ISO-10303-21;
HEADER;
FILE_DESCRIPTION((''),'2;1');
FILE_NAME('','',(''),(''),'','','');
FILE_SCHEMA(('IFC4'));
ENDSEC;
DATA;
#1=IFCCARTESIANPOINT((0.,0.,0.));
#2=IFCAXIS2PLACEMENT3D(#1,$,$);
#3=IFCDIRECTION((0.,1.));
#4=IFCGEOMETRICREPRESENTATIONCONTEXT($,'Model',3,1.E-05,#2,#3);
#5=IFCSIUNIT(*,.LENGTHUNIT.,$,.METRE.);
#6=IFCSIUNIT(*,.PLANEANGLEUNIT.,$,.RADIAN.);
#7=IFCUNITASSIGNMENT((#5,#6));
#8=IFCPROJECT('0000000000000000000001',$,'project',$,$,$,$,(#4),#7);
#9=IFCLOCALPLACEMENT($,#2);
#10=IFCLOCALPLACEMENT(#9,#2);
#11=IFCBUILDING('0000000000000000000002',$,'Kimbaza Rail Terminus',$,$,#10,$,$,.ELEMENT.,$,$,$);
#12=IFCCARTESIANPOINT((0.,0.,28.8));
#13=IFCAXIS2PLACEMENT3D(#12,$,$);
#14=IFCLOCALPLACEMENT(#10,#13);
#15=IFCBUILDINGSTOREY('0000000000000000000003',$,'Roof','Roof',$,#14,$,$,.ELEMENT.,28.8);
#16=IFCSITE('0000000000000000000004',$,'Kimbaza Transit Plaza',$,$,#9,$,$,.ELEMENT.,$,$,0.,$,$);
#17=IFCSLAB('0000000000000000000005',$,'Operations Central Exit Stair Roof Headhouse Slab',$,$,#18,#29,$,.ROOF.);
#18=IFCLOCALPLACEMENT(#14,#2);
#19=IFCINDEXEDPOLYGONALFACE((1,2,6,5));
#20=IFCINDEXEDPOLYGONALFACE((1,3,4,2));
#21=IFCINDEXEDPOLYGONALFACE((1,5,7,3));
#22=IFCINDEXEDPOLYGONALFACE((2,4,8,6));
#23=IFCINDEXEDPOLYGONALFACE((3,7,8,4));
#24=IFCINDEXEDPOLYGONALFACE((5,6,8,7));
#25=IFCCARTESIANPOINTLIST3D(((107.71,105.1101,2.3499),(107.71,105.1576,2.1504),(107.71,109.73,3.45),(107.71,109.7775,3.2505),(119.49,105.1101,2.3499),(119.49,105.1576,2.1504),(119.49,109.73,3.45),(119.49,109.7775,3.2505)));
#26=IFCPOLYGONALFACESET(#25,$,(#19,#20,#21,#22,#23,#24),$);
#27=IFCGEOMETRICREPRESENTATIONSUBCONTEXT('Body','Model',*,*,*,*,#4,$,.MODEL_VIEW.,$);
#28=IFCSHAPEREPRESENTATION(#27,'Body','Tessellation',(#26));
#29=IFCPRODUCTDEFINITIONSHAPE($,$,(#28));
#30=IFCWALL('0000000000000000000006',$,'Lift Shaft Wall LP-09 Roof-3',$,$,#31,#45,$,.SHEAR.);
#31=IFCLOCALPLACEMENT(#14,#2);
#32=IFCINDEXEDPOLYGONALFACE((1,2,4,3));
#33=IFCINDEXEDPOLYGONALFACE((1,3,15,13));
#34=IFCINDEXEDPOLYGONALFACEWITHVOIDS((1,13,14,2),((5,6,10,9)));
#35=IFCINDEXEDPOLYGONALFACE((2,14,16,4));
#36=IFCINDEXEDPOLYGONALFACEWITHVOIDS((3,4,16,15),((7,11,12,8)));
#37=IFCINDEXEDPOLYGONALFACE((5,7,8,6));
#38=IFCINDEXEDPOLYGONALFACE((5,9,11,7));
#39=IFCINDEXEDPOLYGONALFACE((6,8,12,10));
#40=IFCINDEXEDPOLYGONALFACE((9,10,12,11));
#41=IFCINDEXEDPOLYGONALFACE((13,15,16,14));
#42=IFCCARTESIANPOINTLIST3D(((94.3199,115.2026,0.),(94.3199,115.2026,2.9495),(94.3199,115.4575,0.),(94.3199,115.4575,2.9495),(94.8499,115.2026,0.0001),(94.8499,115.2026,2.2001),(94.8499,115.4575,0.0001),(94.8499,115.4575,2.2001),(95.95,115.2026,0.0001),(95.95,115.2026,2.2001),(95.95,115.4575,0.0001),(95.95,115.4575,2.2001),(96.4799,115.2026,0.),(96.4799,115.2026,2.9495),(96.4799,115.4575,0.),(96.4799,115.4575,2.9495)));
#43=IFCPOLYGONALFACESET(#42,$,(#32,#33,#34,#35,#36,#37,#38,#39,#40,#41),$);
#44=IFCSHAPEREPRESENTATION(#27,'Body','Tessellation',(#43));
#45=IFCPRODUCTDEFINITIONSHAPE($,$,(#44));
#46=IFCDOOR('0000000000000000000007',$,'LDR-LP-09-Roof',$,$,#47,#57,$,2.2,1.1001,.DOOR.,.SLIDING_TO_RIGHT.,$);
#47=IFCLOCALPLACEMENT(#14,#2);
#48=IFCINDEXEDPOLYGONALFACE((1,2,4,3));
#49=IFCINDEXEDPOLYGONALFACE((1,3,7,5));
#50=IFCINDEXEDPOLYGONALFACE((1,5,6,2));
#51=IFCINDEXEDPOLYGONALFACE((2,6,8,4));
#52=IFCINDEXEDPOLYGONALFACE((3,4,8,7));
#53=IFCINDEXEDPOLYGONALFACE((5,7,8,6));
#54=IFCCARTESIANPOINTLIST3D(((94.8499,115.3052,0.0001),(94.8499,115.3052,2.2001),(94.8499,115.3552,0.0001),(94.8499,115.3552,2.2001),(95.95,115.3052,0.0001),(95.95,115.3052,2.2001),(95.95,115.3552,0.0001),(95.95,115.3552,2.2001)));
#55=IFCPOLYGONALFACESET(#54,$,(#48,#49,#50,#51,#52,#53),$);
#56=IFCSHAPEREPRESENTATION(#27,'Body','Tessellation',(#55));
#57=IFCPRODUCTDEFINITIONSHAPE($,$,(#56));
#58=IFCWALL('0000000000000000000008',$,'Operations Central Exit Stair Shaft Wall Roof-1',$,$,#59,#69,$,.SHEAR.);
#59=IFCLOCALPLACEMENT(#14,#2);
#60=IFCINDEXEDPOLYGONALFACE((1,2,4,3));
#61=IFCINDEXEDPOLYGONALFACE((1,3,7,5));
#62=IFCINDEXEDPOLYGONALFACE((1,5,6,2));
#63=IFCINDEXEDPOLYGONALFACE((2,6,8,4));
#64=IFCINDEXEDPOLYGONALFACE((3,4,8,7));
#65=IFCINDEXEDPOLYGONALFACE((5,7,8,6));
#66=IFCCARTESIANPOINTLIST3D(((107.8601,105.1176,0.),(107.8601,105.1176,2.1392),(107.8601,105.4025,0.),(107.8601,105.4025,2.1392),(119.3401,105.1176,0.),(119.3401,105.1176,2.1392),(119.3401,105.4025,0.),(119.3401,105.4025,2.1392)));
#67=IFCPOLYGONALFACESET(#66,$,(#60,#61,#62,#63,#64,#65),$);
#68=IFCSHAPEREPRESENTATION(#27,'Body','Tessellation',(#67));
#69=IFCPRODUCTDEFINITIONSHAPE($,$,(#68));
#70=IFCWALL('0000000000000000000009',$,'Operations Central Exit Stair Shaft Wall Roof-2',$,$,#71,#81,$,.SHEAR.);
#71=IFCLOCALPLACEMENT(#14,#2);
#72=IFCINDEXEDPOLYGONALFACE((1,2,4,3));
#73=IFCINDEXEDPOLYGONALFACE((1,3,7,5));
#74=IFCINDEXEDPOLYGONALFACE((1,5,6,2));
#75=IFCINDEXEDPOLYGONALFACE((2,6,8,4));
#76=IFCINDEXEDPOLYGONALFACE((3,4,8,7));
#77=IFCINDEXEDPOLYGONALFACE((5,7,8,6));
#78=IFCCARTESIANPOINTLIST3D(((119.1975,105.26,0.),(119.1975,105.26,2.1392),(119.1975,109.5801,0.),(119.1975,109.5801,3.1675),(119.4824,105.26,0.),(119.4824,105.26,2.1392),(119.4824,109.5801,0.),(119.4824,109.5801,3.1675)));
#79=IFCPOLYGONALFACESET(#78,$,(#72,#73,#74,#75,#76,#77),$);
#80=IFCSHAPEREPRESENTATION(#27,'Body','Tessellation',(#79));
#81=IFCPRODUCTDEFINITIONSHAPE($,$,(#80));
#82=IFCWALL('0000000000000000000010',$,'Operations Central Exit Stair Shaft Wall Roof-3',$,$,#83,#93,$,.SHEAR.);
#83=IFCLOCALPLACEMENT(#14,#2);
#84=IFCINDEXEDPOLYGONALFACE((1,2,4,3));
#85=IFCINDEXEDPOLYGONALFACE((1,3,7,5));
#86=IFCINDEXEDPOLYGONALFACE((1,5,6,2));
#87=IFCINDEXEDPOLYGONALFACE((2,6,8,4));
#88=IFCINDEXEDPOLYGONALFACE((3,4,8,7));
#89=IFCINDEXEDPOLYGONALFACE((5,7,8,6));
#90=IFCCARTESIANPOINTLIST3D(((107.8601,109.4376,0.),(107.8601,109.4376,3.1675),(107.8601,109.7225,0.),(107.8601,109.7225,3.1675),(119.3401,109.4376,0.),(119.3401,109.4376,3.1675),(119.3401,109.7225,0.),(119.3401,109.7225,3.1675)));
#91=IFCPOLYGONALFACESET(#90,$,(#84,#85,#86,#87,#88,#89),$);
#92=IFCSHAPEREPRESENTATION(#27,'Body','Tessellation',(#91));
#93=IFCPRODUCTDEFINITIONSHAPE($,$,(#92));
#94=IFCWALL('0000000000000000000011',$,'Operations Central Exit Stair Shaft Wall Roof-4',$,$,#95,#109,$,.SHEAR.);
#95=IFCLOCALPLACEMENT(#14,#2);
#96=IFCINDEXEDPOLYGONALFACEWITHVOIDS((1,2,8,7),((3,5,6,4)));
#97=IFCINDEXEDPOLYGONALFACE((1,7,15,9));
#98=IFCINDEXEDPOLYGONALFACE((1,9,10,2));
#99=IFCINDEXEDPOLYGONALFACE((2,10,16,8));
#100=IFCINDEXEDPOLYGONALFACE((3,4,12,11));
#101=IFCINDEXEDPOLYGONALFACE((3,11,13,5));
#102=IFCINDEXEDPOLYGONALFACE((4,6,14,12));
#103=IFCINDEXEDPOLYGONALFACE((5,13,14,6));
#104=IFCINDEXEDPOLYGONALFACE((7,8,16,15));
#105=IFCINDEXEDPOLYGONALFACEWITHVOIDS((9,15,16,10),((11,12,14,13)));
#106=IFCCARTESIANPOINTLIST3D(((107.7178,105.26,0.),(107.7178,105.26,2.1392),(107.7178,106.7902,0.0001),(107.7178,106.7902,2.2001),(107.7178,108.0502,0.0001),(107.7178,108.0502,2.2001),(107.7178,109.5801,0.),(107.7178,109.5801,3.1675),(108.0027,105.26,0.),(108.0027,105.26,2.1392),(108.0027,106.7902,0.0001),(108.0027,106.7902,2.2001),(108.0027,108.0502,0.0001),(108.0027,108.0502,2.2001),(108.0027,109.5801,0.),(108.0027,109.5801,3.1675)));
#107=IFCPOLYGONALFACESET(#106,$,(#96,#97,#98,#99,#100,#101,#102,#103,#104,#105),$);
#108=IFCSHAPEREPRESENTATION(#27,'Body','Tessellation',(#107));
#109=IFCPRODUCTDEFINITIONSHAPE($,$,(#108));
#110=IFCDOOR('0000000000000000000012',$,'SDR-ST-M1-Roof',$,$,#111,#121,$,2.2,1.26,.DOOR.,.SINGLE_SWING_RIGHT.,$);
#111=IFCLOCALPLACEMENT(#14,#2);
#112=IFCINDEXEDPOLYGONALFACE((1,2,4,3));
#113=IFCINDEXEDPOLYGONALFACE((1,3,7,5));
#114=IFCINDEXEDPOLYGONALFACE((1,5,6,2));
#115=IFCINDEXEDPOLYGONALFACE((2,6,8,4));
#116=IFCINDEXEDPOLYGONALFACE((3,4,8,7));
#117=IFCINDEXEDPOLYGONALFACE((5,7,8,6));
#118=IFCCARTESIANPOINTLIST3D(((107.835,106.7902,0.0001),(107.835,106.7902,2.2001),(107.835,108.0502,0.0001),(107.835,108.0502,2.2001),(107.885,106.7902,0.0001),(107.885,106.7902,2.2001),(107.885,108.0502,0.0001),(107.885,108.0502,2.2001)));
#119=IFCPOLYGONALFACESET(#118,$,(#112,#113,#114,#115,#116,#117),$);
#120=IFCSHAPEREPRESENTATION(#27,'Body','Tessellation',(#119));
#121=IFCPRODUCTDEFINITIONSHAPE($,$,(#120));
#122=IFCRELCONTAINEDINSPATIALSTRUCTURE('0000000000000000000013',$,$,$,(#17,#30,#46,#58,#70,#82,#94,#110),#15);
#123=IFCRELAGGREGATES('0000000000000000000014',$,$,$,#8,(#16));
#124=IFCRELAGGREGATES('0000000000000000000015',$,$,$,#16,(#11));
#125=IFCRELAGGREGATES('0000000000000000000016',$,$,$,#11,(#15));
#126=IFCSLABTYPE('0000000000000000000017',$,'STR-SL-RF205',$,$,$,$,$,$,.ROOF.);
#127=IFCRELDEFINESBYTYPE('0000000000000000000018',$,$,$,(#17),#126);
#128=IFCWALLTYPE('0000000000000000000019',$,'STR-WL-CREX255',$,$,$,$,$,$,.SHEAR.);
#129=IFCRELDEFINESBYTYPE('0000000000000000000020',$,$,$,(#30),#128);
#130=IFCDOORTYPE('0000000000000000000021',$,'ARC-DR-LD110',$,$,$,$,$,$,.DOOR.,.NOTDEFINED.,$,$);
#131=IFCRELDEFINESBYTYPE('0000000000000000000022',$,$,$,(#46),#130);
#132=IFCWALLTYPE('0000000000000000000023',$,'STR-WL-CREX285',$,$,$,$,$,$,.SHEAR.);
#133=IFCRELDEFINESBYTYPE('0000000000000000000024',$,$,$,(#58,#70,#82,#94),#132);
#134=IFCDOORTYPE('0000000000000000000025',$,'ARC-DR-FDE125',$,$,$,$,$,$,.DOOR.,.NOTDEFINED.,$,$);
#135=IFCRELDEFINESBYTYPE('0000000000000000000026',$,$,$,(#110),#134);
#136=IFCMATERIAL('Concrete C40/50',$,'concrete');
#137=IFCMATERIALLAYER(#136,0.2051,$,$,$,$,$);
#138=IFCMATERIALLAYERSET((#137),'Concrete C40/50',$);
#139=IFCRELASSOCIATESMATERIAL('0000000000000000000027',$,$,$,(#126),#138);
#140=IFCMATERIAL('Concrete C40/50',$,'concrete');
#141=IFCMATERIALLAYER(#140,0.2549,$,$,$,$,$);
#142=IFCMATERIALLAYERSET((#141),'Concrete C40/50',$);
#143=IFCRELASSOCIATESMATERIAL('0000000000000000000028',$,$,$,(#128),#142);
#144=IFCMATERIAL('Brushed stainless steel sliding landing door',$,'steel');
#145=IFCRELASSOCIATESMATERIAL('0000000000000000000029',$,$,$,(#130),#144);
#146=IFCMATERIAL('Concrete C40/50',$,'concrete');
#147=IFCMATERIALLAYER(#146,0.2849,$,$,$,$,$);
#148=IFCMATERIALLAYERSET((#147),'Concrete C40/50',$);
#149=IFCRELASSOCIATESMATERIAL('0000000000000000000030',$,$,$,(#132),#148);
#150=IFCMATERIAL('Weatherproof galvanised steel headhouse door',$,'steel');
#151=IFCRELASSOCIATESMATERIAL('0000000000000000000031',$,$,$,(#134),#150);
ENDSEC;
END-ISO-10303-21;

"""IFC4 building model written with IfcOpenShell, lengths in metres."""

from ifc_helpers import new_model, si_unit, direction, frame, frame_2d, origin, place, context, subcontext, project, spatial, polyline, rectangle, outline, extrude, material, layer, layer_set, type_object, element, fill, save


model = new_model("IFC4")

# Units and contexts
model_context = context("Model", 3, precision=1e-05, world=origin(), true_north=direction((0.0, 1.0)))
body_context = subcontext(model_context, "Body", "Model", "MODEL_VIEW")
ifc_project = project(units=[si_unit("LENGTHUNIT", "METRE"), si_unit("PLANEANGLEUNIT", "RADIAN")], contexts=[model_context])

# Site, building, storey
site_placement = place(None, origin())
site = spatial("IfcSite", under=ifc_project, at=site_placement, Name="Kimbaza Transit Plaza", CompositionType="ELEMENT", RefElevation=0.0)
building_placement = place(site_placement, origin())
building = spatial("IfcBuilding", under=site, at=building_placement, Name="Kimbaza Rail Terminus", CompositionType="ELEMENT")
storey_placement = place(building_placement, frame((0.0, 0.0, 28.8)))
storey = spatial("IfcBuildingStorey", under=building, at=storey_placement, Name="Roof", Description="Roof", CompositionType="ELEMENT", Elevation=28.8)

# Slab
ifc_material_1 = material(Name="Concrete C40/50", Category="concrete")
ifc_layer_1 = layer(ifc_material_1, 0.2051)
ifc_layer_set_1 = layer_set([ifc_layer_1], Name="Concrete C40/50")
slab_type = type_object("IfcSlabType", Name="STR-SL-RF205", PredefinedType="ROOF", material=ifc_layer_set_1)
slab_placement = place(storey_placement, frame((107.71, 105.1101, 2.3499), z_axis=(0.0, -0.231646, 0.9728), x_axis=(1.0, 0.0, 0.0)))
element("IfcSlab", 1, at=slab_placement, inside=storey, type_object=slab_type, Name="Operations Central Exit Stair Roof Headhouse Slab", PredefinedType="ROOF", context=body_context, shape_type="SweptSolid", body=[
    extrude(outline(polyline([(0.0, 0.0), (11.78, 0.0), (11.78, 4.749), (0.0, 4.749), (0.0, 0.0)])), origin(), (0.0, 0.0, -1.0), 0.2051),
])

# Wall, opening, door
ifc_material_2 = material(Name="Concrete C40/50", Category="concrete")
ifc_layer_2 = layer(ifc_material_2, 0.2549)
ifc_layer_set_2 = layer_set([ifc_layer_2], Name="Concrete C40/50")
wall_type_1 = type_object("IfcWallType", Name="STR-WL-CREX255", PredefinedType="SHEAR", material=ifc_layer_set_2)
wall_1_placement = place(storey_placement, frame((96.48, 115.3301, 0.0), z_axis=(0.0, 0.0, 1.0), x_axis=(-1.0, 0.0, 0.0)))
wall_1 = element("IfcWall", 2, at=wall_1_placement, inside=storey, type_object=wall_type_1, Name="Lift Shaft Wall LP-09 Roof-3", PredefinedType="SHEAR", context=body_context, shape_type="SweptSolid", body=[
    extrude(rectangle(XDim=2.1599, YDim=0.2549, at=frame_2d((1.0801, 0.0))), origin(), (0.0, 0.0, 1.0), 2.9495),
])
opening_1_placement = place(wall_1_placement, frame((0.53, 0.0, 0.0)))
opening_1 = element("IfcOpeningElement", 3, at=opening_1_placement, cuts=wall_1, PredefinedType="OPENING", context=body_context, shape_type="SweptSolid", body=[
    extrude(rectangle(XDim=1.1001, YDim=2.2, at=frame_2d((0.55, 1.1001))), frame((0.0, 0.1375, 0.0), z_axis=(0.0, -1.0, 0.0), x_axis=(1.0, 0.0, 0.0)), (0.0, 0.0, 1.0), 0.2749),
])
ifc_material_3 = material(Name="Brushed stainless steel sliding landing door", Category="steel")
door_type_1 = type_object("IfcDoorType", Name="ARC-DR-LD110", OperationType="NOTDEFINED", PredefinedType="DOOR", material=ifc_material_3)
door_1_placement = place(opening_1_placement, origin())
door_1 = element("IfcDoor", 4, at=door_1_placement, inside=storey, type_object=door_type_1, Name="LDR-LP-09-Roof", OperationType="SLIDING_TO_RIGHT", OverallHeight=2.2, OverallWidth=1.1001, PredefinedType="DOOR", context=body_context, shape_type="SweptSolid", body=[
    extrude(rectangle(XDim=1.1001, YDim=2.2, at=frame_2d((0.55, 1.1001))), frame((0.0, 0.0249, 0.0), z_axis=(0.0, -1.0, 0.0), x_axis=(1.0, 0.0, 0.0)), (0.0, 0.0, 1.0), 0.05),
])
fill(opening_1, door_1)

# Walls
ifc_material_4 = material(Name="Concrete C40/50", Category="concrete")
ifc_layer_3 = layer(ifc_material_4, 0.2849)
ifc_layer_set_3 = layer_set([ifc_layer_3], Name="Concrete C40/50")
wall_type_2 = type_object("IfcWallType", Name="STR-WL-CREX285", PredefinedType="SHEAR", material=ifc_layer_set_3)
wall_2_placement = place(storey_placement, frame((107.8601, 105.26, 0.0), z_axis=(0.0, 0.0, 1.0), x_axis=(1.0, 0.0, 0.0)))
element("IfcWall", 5, at=wall_2_placement, inside=storey, type_object=wall_type_2, Name="Operations Central Exit Stair Shaft Wall Roof-1", PredefinedType="SHEAR", context=body_context, shape_type="SweptSolid", body=[
    extrude(rectangle(XDim=11.48, YDim=0.2849, at=frame_2d((5.74, 0.0))), origin(), (0.0, 0.0, 1.0), 2.1392),
])
wall_3_placement = place(storey_placement, frame((119.3401, 105.26, 0.0), z_axis=(0.0, 0.0, 1.0), x_axis=(0.0, 1.0, 0.0)))
element("IfcWall", 6, at=wall_3_placement, inside=storey, type_object=wall_type_2, Name="Operations Central Exit Stair Shaft Wall Roof-2", PredefinedType="SHEAR", context=body_context, shape_type="SweptSolid", body=[
    extrude(outline(polyline([(0.0, 0.0), (4.3201, 0.0), (4.3201, 3.1675), (0.0, 2.1392), (0.0, 0.0)])), frame((0.0, 0.1426, 0.0), z_axis=(0.0, -1.0, 0.0), x_axis=(1.0, 0.0, 0.0)), (0.0, 0.0, 1.0), 0.2849),
])
wall_4_placement = place(storey_placement, frame((119.3401, 109.5801, 0.0), z_axis=(0.0, 0.0, 1.0), x_axis=(-1.0, 0.0, 0.0)))
element("IfcWall", 7, at=wall_4_placement, inside=storey, type_object=wall_type_2, Name="Operations Central Exit Stair Shaft Wall Roof-3", PredefinedType="SHEAR", context=body_context, shape_type="SweptSolid", body=[
    extrude(rectangle(XDim=11.48, YDim=0.2849, at=frame_2d((5.74, 0.0))), origin(), (0.0, 0.0, 1.0), 3.1675),
])

# Wall, opening, door
wall_5_placement = place(storey_placement, frame((107.8601, 109.5801, 0.0), z_axis=(0.0, 0.0, 1.0), x_axis=(0.0, -1.0, 0.0)))
wall_5 = element("IfcWall", 8, at=wall_5_placement, inside=storey, type_object=wall_type_2, Name="Operations Central Exit Stair Shaft Wall Roof-4", PredefinedType="SHEAR", context=body_context, shape_type="SweptSolid", body=[
    extrude(outline(polyline([(0.0, 0.0), (4.3201, 0.0), (4.3201, 2.1392), (0.0, 3.1675), (0.0, 0.0)])), frame((0.0, 0.1426, 0.0), z_axis=(0.0, -1.0, 0.0), x_axis=(1.0, 0.0, 0.0)), (0.0, 0.0, 1.0), 0.2849),
])
opening_2_placement = place(wall_5_placement, frame((1.53, 0.0, 0.0)))
opening_2 = element("IfcOpeningElement", 9, at=opening_2_placement, cuts=wall_5, PredefinedType="OPENING", context=body_context, shape_type="SweptSolid", body=[
    extrude(rectangle(XDim=1.26, YDim=2.2, at=frame_2d((0.6299, 1.1001))), frame((0.0, 0.1523, 0.0), z_axis=(0.0, -1.0, 0.0), x_axis=(1.0, 0.0, 0.0)), (0.0, 0.0, 1.0), 0.3049),
])
ifc_material_5 = material(Name="Weatherproof galvanised steel headhouse door", Category="steel")
door_type_2 = type_object("IfcDoorType", Name="ARC-DR-FDE125", OperationType="NOTDEFINED", PredefinedType="DOOR", material=ifc_material_5)
door_2_placement = place(opening_2_placement, origin())
door_2 = element("IfcDoor", 10, at=door_2_placement, inside=storey, type_object=door_type_2, Name="SDR-ST-M1-Roof", OperationType="SINGLE_SWING_RIGHT", OverallHeight=2.2, OverallWidth=1.26, PredefinedType="DOOR", context=body_context, shape_type="SweptSolid", body=[
    extrude(rectangle(XDim=1.26, YDim=2.2, at=frame_2d((0.6299, 1.1001))), frame((0.0, 0.0249, 0.0), z_axis=(0.0, -1.0, 0.0), x_axis=(1.0, 0.0, 0.0)), (0.0, 0.0, 1.0), 0.05),
])
fill(opening_2, door_2)

save(model, "model.ifc")
